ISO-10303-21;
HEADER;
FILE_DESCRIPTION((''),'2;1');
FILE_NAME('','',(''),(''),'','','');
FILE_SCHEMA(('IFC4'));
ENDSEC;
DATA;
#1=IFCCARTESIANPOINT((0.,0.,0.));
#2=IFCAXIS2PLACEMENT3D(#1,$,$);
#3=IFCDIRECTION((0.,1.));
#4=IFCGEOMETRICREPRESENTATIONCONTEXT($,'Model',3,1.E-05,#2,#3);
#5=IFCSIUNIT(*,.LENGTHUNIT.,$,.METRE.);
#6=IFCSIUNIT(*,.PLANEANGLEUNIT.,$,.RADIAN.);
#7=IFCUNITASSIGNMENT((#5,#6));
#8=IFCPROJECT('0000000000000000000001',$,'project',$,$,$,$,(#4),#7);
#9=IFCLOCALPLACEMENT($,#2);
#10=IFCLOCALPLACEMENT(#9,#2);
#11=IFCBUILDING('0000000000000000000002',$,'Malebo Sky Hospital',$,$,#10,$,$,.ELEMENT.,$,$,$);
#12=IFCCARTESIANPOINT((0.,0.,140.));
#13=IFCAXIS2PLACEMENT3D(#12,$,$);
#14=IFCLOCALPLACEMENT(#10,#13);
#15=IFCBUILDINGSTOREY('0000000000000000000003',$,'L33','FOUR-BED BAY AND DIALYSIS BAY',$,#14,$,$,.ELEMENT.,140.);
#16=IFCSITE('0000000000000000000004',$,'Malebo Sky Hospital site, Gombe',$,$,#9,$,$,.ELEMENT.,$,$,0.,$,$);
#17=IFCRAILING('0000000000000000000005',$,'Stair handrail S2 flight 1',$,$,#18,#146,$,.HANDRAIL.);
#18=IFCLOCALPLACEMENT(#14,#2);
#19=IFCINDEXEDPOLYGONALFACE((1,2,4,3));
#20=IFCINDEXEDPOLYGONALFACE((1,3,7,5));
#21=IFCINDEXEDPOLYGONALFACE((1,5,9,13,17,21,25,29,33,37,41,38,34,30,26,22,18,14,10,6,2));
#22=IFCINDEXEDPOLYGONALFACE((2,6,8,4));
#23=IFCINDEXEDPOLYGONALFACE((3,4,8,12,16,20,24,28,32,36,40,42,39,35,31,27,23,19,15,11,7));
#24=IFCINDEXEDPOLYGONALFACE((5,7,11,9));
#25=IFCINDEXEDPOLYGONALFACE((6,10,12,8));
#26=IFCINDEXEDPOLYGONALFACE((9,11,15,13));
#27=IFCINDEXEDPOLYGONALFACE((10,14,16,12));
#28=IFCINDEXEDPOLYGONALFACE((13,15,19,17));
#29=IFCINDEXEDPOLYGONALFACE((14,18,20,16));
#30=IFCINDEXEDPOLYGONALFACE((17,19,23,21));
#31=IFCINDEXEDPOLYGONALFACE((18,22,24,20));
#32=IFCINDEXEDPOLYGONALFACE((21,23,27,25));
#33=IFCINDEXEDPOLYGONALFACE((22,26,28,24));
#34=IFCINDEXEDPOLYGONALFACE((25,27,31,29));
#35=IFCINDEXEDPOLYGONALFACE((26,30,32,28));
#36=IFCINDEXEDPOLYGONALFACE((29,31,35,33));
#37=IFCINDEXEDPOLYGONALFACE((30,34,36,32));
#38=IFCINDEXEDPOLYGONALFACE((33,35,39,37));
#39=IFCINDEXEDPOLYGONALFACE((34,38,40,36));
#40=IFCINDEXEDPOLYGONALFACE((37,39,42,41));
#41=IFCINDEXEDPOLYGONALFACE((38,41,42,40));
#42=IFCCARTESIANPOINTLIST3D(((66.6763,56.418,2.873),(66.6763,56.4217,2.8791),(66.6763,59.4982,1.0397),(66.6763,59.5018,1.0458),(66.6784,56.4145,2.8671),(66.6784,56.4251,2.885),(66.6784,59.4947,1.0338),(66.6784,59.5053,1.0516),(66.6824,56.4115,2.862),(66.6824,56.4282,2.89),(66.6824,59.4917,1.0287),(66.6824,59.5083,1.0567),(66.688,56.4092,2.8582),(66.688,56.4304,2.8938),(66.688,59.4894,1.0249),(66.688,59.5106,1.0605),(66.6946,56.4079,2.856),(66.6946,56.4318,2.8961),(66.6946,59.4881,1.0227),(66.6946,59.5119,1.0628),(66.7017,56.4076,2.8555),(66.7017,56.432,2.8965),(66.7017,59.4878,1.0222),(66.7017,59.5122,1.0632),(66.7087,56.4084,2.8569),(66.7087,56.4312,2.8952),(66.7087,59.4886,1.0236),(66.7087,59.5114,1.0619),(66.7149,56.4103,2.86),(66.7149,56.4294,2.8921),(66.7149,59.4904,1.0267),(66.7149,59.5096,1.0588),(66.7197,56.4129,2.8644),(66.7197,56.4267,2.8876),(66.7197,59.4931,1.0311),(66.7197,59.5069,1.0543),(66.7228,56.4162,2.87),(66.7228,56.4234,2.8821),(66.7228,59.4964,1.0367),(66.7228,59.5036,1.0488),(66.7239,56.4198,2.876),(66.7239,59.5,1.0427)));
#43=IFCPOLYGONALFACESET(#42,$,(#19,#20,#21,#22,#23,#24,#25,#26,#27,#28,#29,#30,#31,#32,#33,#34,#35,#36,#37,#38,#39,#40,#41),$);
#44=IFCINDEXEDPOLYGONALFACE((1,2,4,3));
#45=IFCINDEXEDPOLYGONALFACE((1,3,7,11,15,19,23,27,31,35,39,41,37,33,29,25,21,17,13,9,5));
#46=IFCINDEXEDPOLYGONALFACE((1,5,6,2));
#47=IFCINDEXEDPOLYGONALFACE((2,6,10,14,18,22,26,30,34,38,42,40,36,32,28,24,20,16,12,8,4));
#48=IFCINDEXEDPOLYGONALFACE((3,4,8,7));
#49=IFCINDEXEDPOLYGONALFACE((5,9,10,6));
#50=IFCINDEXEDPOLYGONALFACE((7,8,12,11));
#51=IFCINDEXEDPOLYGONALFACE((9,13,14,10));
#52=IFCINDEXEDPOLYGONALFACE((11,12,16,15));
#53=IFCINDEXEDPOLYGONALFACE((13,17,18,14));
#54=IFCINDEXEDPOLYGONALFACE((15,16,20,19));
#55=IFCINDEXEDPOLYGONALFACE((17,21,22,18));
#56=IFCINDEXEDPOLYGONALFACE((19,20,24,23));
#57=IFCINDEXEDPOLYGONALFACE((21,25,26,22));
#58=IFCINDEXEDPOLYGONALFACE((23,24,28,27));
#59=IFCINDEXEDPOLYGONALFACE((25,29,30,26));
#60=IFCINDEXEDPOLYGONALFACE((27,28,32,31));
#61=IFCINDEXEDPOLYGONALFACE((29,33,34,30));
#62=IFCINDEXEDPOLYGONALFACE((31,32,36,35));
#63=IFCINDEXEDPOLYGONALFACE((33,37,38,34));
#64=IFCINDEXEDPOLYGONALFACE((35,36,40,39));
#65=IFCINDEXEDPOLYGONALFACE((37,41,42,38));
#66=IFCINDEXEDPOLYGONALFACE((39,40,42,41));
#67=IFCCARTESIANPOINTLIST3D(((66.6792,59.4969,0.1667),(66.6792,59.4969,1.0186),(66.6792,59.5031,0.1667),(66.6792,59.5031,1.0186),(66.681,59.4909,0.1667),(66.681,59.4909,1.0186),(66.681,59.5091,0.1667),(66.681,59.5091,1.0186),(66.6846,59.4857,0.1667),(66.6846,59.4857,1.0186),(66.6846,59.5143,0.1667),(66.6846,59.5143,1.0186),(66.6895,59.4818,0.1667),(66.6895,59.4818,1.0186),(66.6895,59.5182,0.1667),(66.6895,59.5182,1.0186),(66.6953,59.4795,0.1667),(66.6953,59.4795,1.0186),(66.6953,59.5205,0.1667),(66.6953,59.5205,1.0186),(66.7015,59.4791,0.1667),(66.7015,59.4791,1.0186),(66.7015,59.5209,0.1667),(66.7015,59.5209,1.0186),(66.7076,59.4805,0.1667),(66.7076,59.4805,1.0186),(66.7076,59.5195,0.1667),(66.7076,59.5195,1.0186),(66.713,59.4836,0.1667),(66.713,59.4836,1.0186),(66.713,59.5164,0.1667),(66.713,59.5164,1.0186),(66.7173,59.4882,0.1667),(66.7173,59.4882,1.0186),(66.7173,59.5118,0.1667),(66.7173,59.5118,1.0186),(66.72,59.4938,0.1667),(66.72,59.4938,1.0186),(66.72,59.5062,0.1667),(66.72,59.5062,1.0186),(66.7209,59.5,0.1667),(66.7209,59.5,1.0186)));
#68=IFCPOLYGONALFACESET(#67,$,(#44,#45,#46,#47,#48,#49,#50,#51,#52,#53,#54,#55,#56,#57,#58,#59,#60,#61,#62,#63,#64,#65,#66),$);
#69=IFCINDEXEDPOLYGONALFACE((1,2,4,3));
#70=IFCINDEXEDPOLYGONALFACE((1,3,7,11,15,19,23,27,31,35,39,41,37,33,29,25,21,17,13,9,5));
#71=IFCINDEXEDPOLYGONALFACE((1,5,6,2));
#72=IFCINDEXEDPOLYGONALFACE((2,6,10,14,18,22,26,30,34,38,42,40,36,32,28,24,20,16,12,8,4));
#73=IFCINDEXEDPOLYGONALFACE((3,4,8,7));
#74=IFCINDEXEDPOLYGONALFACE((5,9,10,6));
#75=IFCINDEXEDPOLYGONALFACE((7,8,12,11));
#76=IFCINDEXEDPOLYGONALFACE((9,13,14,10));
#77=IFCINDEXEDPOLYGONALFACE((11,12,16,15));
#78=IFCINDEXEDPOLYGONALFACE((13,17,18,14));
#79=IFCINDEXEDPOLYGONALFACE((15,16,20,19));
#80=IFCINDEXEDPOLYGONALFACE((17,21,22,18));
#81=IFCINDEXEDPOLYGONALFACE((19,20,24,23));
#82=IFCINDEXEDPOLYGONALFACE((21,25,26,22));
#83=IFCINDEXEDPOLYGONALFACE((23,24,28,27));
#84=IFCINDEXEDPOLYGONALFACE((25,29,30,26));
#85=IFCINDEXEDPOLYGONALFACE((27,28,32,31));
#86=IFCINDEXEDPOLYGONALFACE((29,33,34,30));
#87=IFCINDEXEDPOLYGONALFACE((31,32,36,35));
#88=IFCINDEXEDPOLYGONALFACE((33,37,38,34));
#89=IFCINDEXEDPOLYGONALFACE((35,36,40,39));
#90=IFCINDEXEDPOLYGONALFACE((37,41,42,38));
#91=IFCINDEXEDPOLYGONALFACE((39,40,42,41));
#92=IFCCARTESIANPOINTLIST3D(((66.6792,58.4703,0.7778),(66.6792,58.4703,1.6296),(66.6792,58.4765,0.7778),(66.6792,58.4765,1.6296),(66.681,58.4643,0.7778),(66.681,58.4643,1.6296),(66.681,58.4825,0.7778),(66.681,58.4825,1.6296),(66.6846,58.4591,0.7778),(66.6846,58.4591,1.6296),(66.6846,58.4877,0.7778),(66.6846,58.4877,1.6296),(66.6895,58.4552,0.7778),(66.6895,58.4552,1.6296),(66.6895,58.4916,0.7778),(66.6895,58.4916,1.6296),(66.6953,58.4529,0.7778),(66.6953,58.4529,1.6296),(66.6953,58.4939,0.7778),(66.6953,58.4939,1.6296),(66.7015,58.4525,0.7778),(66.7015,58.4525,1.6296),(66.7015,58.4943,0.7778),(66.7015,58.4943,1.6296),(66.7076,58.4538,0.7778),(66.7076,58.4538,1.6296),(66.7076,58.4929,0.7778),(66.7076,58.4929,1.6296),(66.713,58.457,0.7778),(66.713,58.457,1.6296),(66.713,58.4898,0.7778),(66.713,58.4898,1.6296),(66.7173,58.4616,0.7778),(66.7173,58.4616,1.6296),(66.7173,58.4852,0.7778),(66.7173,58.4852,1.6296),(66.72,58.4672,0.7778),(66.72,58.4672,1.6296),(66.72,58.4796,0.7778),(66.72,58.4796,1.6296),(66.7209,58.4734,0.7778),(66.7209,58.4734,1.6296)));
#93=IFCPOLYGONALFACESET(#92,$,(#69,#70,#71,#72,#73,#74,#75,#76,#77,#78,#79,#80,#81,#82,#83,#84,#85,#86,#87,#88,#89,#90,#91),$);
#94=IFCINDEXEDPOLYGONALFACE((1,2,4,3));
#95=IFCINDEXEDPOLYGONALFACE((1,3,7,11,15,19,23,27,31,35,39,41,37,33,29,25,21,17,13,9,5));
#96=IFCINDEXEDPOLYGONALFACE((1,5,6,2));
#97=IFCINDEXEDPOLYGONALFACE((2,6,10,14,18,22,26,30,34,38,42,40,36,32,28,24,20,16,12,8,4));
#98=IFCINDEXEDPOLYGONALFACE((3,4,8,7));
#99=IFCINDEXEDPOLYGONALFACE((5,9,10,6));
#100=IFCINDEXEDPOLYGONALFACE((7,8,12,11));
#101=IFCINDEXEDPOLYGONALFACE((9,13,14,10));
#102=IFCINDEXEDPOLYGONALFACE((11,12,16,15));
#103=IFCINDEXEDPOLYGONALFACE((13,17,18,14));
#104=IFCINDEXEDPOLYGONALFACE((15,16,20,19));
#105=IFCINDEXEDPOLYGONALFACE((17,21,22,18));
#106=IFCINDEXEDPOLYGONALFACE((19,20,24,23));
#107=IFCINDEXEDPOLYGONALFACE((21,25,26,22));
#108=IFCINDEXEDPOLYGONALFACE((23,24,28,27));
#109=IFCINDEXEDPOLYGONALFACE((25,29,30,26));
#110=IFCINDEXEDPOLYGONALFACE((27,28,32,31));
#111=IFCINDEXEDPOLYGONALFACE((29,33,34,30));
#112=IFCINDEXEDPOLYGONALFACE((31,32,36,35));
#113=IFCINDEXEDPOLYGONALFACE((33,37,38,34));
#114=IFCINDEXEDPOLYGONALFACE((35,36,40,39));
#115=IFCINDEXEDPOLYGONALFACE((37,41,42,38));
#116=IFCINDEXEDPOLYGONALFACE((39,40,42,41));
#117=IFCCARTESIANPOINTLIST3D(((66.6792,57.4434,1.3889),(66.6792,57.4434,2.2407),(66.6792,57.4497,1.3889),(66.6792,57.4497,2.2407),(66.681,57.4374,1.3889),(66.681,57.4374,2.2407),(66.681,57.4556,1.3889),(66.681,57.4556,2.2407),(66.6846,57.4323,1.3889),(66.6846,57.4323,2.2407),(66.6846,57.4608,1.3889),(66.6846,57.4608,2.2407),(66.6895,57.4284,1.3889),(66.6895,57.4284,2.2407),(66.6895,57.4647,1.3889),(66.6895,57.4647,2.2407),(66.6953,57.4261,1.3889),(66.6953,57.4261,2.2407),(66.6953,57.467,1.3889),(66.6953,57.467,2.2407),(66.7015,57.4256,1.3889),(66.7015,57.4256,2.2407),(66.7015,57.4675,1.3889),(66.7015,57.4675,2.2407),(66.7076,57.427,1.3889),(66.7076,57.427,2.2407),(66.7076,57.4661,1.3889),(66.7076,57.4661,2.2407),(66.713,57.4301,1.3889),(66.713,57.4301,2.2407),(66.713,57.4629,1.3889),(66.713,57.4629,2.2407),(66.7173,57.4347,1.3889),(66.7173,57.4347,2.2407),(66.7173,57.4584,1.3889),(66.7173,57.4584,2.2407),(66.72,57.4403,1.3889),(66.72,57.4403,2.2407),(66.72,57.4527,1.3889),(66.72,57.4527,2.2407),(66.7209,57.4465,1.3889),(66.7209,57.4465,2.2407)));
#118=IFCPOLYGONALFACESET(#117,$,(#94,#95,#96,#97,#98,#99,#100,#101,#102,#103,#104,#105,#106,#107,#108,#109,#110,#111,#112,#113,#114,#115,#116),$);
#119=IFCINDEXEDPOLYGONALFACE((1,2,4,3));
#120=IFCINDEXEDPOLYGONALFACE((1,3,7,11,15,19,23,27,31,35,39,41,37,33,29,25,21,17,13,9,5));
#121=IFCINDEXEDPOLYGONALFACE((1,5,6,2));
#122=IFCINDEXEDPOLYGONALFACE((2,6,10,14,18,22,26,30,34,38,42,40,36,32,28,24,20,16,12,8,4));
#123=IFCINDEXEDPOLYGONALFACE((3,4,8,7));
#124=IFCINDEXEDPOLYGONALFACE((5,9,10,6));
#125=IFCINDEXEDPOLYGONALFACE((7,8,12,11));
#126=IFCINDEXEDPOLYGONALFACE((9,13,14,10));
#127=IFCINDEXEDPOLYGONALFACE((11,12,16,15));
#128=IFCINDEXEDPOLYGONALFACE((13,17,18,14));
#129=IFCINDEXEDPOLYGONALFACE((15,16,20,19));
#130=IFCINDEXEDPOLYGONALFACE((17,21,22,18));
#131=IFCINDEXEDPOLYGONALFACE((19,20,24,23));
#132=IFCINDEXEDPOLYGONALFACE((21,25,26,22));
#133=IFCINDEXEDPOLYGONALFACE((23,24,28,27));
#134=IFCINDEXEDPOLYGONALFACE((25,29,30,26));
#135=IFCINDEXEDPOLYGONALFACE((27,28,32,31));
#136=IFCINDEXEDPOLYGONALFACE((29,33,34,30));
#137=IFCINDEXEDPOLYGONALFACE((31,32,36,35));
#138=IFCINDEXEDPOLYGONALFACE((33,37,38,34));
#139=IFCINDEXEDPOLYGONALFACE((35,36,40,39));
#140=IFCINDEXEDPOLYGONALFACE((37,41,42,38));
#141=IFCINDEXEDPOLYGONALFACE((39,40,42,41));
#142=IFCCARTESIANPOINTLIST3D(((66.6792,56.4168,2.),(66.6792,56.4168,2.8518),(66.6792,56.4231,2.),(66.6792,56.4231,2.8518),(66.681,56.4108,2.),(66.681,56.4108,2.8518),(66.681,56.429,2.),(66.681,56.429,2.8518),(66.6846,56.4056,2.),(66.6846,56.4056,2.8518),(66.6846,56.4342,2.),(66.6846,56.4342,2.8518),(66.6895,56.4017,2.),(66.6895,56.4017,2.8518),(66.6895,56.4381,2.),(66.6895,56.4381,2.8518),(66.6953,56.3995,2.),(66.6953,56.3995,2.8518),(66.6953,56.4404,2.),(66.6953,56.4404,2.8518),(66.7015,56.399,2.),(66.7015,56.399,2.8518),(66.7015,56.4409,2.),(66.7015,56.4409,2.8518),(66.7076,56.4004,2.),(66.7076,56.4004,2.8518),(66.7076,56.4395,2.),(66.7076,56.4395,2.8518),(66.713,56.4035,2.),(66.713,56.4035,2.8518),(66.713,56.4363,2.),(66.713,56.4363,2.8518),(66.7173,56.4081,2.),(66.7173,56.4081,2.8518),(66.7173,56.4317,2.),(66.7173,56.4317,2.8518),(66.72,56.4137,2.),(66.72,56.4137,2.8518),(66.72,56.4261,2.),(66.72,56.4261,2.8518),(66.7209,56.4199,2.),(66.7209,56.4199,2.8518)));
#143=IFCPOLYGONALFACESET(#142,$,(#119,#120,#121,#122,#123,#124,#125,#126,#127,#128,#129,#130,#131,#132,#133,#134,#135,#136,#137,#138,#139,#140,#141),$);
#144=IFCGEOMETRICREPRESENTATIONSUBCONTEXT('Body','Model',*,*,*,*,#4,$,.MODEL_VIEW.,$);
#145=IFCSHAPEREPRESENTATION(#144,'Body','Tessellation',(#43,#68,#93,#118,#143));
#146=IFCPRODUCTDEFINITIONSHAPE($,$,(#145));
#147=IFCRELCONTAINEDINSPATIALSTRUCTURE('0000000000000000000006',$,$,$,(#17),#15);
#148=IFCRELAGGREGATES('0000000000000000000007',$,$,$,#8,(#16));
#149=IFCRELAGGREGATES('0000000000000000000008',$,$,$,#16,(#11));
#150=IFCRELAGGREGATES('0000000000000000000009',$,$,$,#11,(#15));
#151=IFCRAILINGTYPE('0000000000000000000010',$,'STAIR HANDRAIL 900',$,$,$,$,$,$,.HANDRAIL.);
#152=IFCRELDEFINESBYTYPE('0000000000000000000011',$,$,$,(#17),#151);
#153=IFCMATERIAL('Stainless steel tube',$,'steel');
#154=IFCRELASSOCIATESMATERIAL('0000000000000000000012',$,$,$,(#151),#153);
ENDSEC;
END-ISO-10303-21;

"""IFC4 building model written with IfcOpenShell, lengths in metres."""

from ifc_helpers import new_model, si_unit, direction, frame, origin, origin_2d, place, context, subcontext, project, spatial, circle, extrude, material, type_object, element, save


model = new_model("IFC4")

# Units and contexts
model_context = context("Model", 3, precision=1e-05, world=origin(), true_north=direction((0.0, 1.0)))
body_context = subcontext(model_context, "Body", "Model", "MODEL_VIEW")
ifc_project = project(units=[si_unit("LENGTHUNIT", "METRE"), si_unit("PLANEANGLEUNIT", "RADIAN")], contexts=[model_context])

# Site, building, storey
site_placement = place(None, origin())
site = spatial("IfcSite", under=ifc_project, at=site_placement, Name="Malebo Sky Hospital site, Gombe", CompositionType="ELEMENT", RefElevation=0.0)
building_placement = place(site_placement, origin())
building = spatial("IfcBuilding", under=site, at=building_placement, Name="Malebo Sky Hospital", CompositionType="ELEMENT")
storey_placement = place(building_placement, frame((0.0, 0.0, 140.0)))
storey = spatial("IfcBuildingStorey", under=building, at=storey_placement, Name="L33", Description="FOUR-BED BAY AND DIALYSIS BAY", CompositionType="ELEMENT", Elevation=140.0)

# Railing
ifc_material_1 = material(Name="Stainless steel tube", Category="steel")
railing_type = type_object("IfcRailingType", Name="STAIR HANDRAIL 900", PredefinedType="HANDRAIL", material=ifc_material_1)
railing_1_placement = place(storey_placement, frame((66.7, 59.5, 0.1667)))
element("IfcRailing", 1, at=railing_1_placement, inside=storey, type_object=railing_type, Name="Stair handrail S2 flight 1", PredefinedType="HANDRAIL", context=body_context, shape_type="SweptSolid", body=[
    extrude(circle(Radius=0.0239, at=origin_2d()), frame((0.0, 0.0, 0.876), z_axis=(0.0, -0.859309, 0.511458), x_axis=(1.0, 0.0, 0.0)), (0.0, 0.0, 1.0), 3.5845),
    extrude(circle(Radius=0.021, at=origin_2d()), origin(), (0.0, 0.0, 1.0), 0.8518),
    extrude(circle(Radius=0.021, at=origin_2d()), frame((0.0, -1.0266, 0.6111)), (0.0, 0.0, 1.0), 0.8518),
    extrude(circle(Radius=0.021, at=origin_2d()), frame((0.0, -2.0535, 1.2222)), (0.0, 0.0, 1.0), 0.8518),
    extrude(circle(Radius=0.021, at=origin_2d()), frame((0.0, -3.0801, 1.8333)), (0.0, 0.0, 1.0), 0.8518),
])

save(model, "model.ifc")
